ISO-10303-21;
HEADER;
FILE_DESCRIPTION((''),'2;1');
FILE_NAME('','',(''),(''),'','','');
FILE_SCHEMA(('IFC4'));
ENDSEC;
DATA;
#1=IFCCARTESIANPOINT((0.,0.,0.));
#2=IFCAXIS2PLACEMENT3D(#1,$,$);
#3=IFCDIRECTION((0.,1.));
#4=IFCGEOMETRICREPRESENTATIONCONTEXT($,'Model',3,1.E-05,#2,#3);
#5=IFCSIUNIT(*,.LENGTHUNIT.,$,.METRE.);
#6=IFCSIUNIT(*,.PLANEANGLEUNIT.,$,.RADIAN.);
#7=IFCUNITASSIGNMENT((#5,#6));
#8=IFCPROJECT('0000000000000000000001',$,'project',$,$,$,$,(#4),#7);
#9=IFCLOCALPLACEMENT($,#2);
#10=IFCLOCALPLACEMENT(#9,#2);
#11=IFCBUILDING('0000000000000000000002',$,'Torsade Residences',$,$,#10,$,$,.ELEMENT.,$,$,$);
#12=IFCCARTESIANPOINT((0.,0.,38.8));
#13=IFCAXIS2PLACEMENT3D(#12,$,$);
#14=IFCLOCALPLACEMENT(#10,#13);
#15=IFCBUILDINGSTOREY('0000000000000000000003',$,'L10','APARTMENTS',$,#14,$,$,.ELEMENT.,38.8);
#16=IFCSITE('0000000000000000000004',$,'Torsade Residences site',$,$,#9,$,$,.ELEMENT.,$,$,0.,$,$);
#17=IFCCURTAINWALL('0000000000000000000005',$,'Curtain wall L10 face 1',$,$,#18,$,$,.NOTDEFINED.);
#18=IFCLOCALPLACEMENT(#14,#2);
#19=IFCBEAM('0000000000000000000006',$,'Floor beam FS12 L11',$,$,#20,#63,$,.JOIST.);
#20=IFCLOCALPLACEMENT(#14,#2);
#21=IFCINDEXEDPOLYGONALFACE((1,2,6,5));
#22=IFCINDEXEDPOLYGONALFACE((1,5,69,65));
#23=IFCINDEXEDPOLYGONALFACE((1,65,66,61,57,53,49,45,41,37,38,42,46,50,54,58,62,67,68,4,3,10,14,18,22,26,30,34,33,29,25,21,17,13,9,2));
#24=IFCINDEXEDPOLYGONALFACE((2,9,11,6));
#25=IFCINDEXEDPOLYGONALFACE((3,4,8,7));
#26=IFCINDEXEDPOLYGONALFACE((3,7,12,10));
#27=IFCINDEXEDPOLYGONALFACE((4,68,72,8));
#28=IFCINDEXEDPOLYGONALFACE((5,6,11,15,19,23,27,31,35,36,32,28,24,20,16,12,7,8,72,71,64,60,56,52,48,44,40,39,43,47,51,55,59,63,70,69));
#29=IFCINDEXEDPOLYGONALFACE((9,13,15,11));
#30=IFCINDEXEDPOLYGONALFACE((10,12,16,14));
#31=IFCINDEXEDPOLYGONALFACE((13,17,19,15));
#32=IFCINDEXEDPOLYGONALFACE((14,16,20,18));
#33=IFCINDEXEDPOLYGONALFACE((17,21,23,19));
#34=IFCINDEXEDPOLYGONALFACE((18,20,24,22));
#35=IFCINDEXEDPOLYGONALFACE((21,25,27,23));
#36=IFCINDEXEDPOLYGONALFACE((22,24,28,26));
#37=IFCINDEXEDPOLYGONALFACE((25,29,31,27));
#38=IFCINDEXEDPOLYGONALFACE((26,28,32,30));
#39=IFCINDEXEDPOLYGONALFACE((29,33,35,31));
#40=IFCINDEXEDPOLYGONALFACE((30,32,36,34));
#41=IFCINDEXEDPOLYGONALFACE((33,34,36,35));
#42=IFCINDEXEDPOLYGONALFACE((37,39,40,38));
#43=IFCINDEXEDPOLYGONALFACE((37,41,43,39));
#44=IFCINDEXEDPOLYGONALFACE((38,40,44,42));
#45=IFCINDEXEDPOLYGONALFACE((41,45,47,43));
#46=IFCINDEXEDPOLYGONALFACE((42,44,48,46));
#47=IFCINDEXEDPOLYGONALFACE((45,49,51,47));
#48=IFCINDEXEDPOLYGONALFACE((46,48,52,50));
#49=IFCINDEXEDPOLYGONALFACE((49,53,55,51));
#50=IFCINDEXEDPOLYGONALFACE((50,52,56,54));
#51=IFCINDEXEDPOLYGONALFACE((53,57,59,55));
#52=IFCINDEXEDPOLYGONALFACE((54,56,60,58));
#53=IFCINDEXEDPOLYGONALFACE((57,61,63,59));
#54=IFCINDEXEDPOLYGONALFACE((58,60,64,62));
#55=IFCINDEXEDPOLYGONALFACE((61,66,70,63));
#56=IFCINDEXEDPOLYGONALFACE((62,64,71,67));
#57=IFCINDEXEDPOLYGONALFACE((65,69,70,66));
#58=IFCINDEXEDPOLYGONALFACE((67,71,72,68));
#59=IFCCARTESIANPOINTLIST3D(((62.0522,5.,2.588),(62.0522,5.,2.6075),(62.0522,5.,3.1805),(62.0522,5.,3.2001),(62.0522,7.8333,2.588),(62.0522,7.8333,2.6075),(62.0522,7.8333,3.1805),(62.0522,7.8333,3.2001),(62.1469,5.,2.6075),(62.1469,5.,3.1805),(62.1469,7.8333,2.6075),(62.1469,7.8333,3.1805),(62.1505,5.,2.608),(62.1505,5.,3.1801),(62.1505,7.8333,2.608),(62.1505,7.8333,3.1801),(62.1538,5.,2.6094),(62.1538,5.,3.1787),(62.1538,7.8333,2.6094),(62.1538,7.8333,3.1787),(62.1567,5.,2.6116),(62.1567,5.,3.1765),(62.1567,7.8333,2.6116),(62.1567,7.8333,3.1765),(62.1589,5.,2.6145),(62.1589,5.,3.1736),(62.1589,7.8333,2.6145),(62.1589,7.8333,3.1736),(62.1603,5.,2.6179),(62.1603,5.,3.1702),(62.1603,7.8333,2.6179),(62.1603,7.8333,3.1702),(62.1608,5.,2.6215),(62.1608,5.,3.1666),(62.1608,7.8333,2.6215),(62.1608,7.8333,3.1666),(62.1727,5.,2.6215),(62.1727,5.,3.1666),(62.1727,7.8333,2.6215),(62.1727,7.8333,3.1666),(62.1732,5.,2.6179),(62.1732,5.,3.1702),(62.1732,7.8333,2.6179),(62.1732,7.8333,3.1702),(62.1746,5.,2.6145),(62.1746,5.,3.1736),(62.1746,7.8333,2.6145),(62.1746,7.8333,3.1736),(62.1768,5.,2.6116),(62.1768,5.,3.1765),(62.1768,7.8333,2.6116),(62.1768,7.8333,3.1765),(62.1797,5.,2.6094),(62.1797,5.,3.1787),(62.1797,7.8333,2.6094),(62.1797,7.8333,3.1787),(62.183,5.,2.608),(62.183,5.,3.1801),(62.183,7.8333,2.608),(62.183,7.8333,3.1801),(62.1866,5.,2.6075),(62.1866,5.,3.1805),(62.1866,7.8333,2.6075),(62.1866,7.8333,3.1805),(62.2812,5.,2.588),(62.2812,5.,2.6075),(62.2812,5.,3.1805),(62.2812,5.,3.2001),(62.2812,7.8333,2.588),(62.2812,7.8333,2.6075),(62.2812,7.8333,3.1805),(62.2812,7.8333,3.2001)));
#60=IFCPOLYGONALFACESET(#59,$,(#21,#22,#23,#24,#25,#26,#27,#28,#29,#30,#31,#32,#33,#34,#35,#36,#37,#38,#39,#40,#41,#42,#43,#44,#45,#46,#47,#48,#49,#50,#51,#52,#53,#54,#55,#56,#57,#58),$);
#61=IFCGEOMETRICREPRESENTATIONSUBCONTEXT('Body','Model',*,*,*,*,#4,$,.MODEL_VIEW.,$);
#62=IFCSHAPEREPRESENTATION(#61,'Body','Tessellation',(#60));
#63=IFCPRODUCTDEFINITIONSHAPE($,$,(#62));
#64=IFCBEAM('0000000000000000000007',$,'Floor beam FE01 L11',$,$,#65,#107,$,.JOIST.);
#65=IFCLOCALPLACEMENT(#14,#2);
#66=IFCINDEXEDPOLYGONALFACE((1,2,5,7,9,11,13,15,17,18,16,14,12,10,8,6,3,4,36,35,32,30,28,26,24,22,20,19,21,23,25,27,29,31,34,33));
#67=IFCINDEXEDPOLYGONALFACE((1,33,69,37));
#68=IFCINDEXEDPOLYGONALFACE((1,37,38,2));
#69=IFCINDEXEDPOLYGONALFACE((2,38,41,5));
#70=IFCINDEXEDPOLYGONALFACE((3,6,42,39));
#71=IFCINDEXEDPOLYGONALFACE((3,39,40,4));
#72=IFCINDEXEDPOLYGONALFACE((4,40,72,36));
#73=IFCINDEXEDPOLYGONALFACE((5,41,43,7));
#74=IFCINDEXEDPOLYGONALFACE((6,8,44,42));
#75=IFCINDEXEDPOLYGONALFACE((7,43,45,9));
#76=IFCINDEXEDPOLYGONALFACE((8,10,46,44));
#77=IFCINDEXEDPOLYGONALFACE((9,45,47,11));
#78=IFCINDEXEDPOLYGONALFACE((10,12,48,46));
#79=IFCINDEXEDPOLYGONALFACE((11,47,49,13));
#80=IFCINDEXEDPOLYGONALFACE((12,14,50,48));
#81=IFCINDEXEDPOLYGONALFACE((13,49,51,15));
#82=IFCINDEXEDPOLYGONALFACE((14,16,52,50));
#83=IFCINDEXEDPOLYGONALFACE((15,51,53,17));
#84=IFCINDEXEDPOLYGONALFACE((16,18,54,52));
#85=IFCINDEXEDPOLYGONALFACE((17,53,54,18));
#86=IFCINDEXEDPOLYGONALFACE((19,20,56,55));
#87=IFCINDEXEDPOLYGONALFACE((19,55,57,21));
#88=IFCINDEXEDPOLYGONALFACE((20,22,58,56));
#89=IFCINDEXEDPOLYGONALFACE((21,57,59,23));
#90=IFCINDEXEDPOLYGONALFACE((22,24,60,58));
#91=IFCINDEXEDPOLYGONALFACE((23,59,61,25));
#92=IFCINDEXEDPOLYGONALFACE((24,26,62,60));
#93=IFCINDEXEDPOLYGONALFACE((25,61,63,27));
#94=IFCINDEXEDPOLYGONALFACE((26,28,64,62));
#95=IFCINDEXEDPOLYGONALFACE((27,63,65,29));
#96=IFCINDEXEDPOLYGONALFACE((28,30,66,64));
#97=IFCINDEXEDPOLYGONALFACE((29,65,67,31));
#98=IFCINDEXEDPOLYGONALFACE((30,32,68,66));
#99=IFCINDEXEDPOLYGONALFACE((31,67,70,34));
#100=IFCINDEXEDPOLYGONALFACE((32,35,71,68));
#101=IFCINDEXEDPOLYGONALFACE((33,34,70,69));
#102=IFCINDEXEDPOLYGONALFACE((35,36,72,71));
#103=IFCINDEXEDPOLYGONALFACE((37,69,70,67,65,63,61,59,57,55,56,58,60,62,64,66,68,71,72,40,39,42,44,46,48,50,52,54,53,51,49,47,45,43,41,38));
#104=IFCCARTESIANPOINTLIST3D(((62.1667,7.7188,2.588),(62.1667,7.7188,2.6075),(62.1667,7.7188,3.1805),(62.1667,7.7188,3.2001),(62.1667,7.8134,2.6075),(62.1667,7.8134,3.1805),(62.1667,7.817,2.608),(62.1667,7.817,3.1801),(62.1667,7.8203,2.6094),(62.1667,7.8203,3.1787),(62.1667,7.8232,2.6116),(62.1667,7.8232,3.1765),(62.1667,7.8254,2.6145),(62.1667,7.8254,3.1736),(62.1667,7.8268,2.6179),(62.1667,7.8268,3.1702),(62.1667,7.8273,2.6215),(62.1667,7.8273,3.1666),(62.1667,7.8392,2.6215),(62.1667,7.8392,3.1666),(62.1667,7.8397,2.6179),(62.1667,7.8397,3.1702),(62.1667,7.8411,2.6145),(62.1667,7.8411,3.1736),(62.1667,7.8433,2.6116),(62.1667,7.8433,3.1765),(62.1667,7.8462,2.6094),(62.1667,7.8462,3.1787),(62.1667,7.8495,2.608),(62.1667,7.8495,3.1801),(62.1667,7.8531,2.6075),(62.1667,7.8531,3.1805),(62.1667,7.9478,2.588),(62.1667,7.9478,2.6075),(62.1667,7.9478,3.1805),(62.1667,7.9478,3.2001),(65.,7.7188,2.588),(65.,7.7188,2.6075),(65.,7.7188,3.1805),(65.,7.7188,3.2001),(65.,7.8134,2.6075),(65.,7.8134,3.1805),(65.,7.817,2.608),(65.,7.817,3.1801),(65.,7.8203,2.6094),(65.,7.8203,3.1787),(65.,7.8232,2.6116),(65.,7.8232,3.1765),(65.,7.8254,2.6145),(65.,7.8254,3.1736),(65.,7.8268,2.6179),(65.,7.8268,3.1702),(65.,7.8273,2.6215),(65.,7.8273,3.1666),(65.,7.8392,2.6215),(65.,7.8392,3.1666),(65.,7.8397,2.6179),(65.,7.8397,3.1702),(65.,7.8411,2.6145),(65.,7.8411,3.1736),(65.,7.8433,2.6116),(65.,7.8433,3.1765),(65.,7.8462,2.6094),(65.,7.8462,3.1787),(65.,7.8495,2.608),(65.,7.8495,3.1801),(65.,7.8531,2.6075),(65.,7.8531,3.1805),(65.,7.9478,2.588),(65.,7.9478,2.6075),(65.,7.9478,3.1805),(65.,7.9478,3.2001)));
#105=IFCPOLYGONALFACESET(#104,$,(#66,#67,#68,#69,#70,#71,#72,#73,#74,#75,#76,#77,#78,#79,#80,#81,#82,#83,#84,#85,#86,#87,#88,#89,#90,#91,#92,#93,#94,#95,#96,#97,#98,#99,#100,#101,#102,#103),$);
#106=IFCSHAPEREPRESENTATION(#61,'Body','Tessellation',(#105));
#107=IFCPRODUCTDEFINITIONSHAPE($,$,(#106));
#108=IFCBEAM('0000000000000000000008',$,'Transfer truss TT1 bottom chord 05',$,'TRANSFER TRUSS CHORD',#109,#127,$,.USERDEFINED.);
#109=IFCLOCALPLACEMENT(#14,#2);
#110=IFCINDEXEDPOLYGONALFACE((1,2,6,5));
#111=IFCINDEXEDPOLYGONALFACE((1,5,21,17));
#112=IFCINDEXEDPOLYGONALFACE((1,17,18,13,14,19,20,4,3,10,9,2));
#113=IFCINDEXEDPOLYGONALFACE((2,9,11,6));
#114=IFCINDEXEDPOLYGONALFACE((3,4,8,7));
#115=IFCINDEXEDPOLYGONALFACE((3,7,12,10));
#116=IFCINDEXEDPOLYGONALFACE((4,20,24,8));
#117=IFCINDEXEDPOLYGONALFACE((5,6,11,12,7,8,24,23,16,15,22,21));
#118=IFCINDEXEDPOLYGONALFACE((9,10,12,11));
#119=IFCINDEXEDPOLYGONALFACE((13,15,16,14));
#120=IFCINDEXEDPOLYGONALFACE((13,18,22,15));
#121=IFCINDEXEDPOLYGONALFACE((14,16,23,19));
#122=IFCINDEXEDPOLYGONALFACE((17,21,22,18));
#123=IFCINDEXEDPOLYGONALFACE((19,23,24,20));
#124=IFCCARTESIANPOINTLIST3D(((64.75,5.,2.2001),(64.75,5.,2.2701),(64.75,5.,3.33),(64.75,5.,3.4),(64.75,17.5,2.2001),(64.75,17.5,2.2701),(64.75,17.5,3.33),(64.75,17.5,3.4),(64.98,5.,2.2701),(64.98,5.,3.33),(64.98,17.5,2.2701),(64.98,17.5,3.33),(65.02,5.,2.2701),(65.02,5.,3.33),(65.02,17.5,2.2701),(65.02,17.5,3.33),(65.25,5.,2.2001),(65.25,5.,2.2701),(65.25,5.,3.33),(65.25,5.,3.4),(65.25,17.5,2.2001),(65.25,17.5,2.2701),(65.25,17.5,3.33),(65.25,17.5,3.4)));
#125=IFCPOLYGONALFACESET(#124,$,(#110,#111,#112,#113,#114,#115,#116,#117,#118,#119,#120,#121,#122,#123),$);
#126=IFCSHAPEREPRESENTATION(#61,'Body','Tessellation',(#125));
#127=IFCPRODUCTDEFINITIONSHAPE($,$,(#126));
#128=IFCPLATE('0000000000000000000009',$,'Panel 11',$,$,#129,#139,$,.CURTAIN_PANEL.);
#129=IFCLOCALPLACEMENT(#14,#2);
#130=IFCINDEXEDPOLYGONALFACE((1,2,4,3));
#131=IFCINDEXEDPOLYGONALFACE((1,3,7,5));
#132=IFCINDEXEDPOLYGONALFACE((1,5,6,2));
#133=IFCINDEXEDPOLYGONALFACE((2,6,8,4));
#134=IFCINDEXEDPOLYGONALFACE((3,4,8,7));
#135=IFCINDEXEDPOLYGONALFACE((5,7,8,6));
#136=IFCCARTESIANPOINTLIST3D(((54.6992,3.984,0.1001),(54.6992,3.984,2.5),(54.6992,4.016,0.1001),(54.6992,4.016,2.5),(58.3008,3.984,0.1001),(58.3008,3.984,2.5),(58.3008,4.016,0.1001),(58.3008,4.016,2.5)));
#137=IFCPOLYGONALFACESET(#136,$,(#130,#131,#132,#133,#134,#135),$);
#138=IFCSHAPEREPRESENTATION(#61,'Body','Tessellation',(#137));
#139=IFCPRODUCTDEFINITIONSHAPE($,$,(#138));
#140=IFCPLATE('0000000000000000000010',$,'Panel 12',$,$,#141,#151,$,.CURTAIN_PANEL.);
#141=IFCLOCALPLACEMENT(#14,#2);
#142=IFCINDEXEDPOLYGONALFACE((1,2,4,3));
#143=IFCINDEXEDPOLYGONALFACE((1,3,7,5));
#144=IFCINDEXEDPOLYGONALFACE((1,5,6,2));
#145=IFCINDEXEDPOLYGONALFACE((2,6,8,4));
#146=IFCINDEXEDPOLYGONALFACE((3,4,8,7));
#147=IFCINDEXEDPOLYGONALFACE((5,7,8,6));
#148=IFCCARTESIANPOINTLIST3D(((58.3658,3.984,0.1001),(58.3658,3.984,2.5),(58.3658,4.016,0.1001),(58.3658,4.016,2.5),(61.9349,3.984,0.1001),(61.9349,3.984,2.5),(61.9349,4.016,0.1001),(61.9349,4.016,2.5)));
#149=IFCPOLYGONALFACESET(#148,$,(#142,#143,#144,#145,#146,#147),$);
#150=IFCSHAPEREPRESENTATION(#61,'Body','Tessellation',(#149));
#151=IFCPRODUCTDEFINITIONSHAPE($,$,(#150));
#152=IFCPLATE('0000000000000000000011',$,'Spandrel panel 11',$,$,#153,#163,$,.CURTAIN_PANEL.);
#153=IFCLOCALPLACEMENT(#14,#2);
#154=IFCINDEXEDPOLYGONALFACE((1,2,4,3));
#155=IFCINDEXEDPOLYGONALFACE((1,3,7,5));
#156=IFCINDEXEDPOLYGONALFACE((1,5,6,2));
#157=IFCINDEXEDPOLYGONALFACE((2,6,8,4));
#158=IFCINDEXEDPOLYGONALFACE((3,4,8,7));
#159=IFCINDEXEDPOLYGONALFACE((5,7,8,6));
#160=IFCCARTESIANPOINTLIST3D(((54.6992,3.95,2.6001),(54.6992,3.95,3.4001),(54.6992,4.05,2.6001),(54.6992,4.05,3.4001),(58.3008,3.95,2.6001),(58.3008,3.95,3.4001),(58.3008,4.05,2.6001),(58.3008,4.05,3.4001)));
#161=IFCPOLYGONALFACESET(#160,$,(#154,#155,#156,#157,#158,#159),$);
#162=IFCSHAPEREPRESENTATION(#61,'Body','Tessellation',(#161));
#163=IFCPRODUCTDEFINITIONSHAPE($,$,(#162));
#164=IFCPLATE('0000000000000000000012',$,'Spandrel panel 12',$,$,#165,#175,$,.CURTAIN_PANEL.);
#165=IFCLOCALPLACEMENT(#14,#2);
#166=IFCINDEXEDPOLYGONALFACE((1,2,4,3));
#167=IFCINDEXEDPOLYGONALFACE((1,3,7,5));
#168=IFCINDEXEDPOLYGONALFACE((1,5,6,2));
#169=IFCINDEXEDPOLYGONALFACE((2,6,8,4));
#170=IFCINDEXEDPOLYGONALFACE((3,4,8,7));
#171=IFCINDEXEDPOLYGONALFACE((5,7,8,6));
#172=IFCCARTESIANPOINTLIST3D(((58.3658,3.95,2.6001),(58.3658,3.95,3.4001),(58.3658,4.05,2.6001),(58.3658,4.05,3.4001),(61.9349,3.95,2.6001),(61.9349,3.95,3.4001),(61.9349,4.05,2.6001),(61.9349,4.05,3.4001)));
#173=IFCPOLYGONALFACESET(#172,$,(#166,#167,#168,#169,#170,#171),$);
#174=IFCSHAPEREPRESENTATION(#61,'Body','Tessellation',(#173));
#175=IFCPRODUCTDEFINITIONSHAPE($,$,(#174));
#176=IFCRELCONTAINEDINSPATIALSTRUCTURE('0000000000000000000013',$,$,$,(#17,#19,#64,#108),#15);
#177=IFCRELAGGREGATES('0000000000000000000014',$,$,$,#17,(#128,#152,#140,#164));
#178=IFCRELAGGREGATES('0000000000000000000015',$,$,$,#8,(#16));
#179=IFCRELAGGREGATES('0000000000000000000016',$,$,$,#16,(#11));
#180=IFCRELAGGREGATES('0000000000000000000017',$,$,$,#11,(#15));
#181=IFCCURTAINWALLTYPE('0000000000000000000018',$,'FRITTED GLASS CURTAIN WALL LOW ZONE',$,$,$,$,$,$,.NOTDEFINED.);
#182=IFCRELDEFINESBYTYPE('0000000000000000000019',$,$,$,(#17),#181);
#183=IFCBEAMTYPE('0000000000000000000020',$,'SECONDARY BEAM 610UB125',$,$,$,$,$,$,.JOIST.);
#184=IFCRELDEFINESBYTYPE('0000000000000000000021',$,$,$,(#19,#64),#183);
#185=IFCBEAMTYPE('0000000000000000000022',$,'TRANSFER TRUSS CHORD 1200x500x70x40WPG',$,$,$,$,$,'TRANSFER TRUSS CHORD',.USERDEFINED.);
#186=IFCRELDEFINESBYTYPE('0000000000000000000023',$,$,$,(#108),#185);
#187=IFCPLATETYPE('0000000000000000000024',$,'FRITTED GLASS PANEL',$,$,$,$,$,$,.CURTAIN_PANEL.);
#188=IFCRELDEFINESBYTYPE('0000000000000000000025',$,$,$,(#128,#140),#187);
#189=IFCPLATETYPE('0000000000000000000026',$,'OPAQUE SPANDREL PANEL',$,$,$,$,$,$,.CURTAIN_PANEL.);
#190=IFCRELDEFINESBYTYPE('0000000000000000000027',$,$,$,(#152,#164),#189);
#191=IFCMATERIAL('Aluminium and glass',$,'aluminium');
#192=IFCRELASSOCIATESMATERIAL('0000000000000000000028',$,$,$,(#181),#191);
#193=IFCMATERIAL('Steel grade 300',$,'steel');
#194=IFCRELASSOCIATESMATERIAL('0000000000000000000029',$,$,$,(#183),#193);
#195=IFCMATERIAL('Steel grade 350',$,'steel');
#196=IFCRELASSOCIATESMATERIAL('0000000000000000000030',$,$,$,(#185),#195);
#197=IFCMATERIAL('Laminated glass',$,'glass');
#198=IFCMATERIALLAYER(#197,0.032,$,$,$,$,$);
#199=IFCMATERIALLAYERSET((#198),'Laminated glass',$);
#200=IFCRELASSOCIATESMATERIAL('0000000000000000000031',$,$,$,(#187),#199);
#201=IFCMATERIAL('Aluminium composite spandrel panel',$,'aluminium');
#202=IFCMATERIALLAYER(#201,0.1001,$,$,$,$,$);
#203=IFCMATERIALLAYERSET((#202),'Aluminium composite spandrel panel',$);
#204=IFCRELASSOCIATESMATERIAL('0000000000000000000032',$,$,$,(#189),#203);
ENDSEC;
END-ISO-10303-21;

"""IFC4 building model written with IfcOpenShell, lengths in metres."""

from ifc_helpers import new_model, si_unit, direction, frame, origin, origin_2d, place, context, subcontext, project, spatial, rectangle, i_section, extrude, material, layer, layer_set, material_profile, profile_set, type_object, element, aggregate, save


model = new_model("IFC4")

# Units and contexts
model_context = context("Model", 3, precision=1e-05, world=origin(), true_north=direction((0.0, 1.0)))
body_context = subcontext(model_context, "Body", "Model", "MODEL_VIEW")
ifc_project = project(units=[si_unit("LENGTHUNIT", "METRE"), si_unit("PLANEANGLEUNIT", "RADIAN")], contexts=[model_context])

# Site, building, storey
site_placement = place(None, origin())
site = spatial("IfcSite", under=ifc_project, at=site_placement, Name="Torsade Residences site", CompositionType="ELEMENT", RefElevation=0.0)
building_placement = place(site_placement, origin())
building = spatial("IfcBuilding", under=site, at=building_placement, Name="Torsade Residences", CompositionType="ELEMENT")
storey_placement = place(building_placement, frame((0.0, 0.0, 38.8)))
storey = spatial("IfcBuildingStorey", under=building, at=storey_placement, Name="L10", Description="APARTMENTS", CompositionType="ELEMENT", Elevation=38.8)

# Curtain wall
ifc_material_1 = material(Name="Aluminium and glass", Category="aluminium")
curtain_wall_type = type_object("IfcCurtainWallType", Name="FRITTED GLASS CURTAIN WALL LOW ZONE", PredefinedType="NOTDEFINED", material=ifc_material_1)
curtain_wall_placement = place(storey_placement, origin())
curtain_wall = element("IfcCurtainWall", 1, at=curtain_wall_placement, inside=storey, type_object=curtain_wall_type, Name="Curtain wall L10 face 1", PredefinedType="NOTDEFINED")

# Beams
ifc_material_2 = material(Name="Steel grade 300", Category="steel")
ifc_material_profile_1 = material_profile(ifc_material_2, i_section(OverallWidth=0.229, OverallDepth=0.6121, WebThickness=0.012, FlangeThickness=0.0195, FilletRadius=0.0139, at=origin_2d()), Name="610UB125")
ifc_profile_set_1 = profile_set([ifc_material_profile_1], Name="Steel grade 300")
beam_type_1 = type_object("IfcBeamType", Name="SECONDARY BEAM 610UB125", PredefinedType="JOIST", material=ifc_profile_set_1)
for number, where, z_axis, x_axis, name in (
    (2, (62.1667, 5.0, 2.894), (0.0, 1.0, 0.0), (-1.0, 0.0, 0.0), "Floor beam FS12 L11"),
    (3, (65.0, 7.8333, 2.894), (-1.0, 0.0, 0.0), (0.0, -1.0, 0.0), "Floor beam FE01 L11"),
):
    element("IfcBeam", number, at=place(storey_placement, frame(where, z_axis=z_axis, x_axis=x_axis)), inside=storey, type_object=beam_type_1, Name=name, PredefinedType="JOIST", context=body_context, shape_type="SweptSolid", body=[
        extrude(i_section(OverallWidth=0.229, OverallDepth=0.6121, WebThickness=0.012, FlangeThickness=0.0195, FilletRadius=0.0139, at=origin_2d()), origin(), (0.0, 0.0, 1.0), 2.8333),
    ])
ifc_material_3 = material(Name="Steel grade 350", Category="steel")
ifc_material_profile_2 = material_profile(ifc_material_3, i_section(OverallWidth=0.5, OverallDepth=1.2, WebThickness=0.04, FlangeThickness=0.0701, at=origin_2d()), Name="1200x500x70x40WPG")
ifc_profile_set_2 = profile_set([ifc_material_profile_2], Name="Steel grade 350")
beam_type_2 = type_object("IfcBeamType", Name="TRANSFER TRUSS CHORD 1200x500x70x40WPG", ElementType="TRANSFER TRUSS CHORD", PredefinedType="USERDEFINED", material=ifc_profile_set_2)
beam_1_placement = place(storey_placement, frame((65.0, 5.0, 2.8), z_axis=(0.0, 1.0, 0.0), x_axis=(-1.0, 0.0, 0.0)))
element("IfcBeam", 4, at=beam_1_placement, inside=storey, type_object=beam_type_2, Name="Transfer truss TT1 bottom chord 05", ObjectType="TRANSFER TRUSS CHORD", PredefinedType="USERDEFINED", context=body_context, shape_type="SweptSolid", body=[
    extrude(i_section(OverallWidth=0.5, OverallDepth=1.2, WebThickness=0.04, FlangeThickness=0.0701, at=origin_2d()), origin(), (0.0, 0.0, 1.0), 12.5),
])

# Plates
ifc_material_4 = material(Name="Laminated glass", Category="glass")
ifc_layer_1 = layer(ifc_material_4, 0.032)
ifc_layer_set_1 = layer_set([ifc_layer_1], Name="Laminated glass")
plate_type_1 = type_object("IfcPlateType", Name="FRITTED GLASS PANEL", PredefinedType="CURTAIN_PANEL", material=ifc_layer_set_1)
plate_1_placement = place(storey_placement, frame((56.5, 4.0, 0.1001), z_axis=(0.0, 0.0, 1.0), x_axis=(1.0, 0.0, 0.0)))
plate_1 = element("IfcPlate", 5, at=plate_1_placement, type_object=plate_type_1, Name="Panel 11", PredefinedType="CURTAIN_PANEL", context=body_context, shape_type="SweptSolid", body=[
    extrude(rectangle(XDim=3.6016, YDim=0.032, at=origin_2d()), origin(), (0.0, 0.0, 1.0), 2.3999),
])
plate_2_placement = place(storey_placement, frame((60.1504, 4.0, 0.1001), z_axis=(0.0, 0.0, 1.0), x_axis=(1.0, 0.0, 0.0)))
plate_2 = element("IfcPlate", 6, at=plate_2_placement, type_object=plate_type_1, Name="Panel 12", PredefinedType="CURTAIN_PANEL", context=body_context, shape_type="SweptSolid", body=[
    extrude(rectangle(XDim=3.5691, YDim=0.032, at=origin_2d()), origin(), (0.0, 0.0, 1.0), 2.3999),
])
ifc_material_5 = material(Name="Aluminium composite spandrel panel", Category="aluminium")
ifc_layer_2 = layer(ifc_material_5, 0.1001)
ifc_layer_set_2 = layer_set([ifc_layer_2], Name="Aluminium composite spandrel panel")
plate_type_2 = type_object("IfcPlateType", Name="OPAQUE SPANDREL PANEL", PredefinedType="CURTAIN_PANEL", material=ifc_layer_set_2)
plate_3_placement = place(storey_placement, frame((56.5, 4.0, 2.6001), z_axis=(0.0, 0.0, 1.0), x_axis=(1.0, 0.0, 0.0)))
plate_3 = element("IfcPlate", 7, at=plate_3_placement, type_object=plate_type_2, Name="Spandrel panel 11", PredefinedType="CURTAIN_PANEL", context=body_context, shape_type="SweptSolid", body=[
    extrude(rectangle(XDim=3.6016, YDim=0.1001, at=origin_2d()), origin(), (0.0, 0.0, 1.0), 0.8),
])
plate_4_placement = place(storey_placement, frame((60.1504, 4.0, 2.6001), z_axis=(0.0, 0.0, 1.0), x_axis=(1.0, 0.0, 0.0)))
plate_4 = element("IfcPlate", 8, at=plate_4_placement, type_object=plate_type_2, Name="Spandrel panel 12", PredefinedType="CURTAIN_PANEL", context=body_context, shape_type="SweptSolid", body=[
    extrude(rectangle(XDim=3.5691, YDim=0.1001, at=origin_2d()), origin(), (0.0, 0.0, 1.0), 0.8),
])
aggregate(curtain_wall, [plate_1, plate_3, plate_2, plate_4])

save(model, "model.ifc")
